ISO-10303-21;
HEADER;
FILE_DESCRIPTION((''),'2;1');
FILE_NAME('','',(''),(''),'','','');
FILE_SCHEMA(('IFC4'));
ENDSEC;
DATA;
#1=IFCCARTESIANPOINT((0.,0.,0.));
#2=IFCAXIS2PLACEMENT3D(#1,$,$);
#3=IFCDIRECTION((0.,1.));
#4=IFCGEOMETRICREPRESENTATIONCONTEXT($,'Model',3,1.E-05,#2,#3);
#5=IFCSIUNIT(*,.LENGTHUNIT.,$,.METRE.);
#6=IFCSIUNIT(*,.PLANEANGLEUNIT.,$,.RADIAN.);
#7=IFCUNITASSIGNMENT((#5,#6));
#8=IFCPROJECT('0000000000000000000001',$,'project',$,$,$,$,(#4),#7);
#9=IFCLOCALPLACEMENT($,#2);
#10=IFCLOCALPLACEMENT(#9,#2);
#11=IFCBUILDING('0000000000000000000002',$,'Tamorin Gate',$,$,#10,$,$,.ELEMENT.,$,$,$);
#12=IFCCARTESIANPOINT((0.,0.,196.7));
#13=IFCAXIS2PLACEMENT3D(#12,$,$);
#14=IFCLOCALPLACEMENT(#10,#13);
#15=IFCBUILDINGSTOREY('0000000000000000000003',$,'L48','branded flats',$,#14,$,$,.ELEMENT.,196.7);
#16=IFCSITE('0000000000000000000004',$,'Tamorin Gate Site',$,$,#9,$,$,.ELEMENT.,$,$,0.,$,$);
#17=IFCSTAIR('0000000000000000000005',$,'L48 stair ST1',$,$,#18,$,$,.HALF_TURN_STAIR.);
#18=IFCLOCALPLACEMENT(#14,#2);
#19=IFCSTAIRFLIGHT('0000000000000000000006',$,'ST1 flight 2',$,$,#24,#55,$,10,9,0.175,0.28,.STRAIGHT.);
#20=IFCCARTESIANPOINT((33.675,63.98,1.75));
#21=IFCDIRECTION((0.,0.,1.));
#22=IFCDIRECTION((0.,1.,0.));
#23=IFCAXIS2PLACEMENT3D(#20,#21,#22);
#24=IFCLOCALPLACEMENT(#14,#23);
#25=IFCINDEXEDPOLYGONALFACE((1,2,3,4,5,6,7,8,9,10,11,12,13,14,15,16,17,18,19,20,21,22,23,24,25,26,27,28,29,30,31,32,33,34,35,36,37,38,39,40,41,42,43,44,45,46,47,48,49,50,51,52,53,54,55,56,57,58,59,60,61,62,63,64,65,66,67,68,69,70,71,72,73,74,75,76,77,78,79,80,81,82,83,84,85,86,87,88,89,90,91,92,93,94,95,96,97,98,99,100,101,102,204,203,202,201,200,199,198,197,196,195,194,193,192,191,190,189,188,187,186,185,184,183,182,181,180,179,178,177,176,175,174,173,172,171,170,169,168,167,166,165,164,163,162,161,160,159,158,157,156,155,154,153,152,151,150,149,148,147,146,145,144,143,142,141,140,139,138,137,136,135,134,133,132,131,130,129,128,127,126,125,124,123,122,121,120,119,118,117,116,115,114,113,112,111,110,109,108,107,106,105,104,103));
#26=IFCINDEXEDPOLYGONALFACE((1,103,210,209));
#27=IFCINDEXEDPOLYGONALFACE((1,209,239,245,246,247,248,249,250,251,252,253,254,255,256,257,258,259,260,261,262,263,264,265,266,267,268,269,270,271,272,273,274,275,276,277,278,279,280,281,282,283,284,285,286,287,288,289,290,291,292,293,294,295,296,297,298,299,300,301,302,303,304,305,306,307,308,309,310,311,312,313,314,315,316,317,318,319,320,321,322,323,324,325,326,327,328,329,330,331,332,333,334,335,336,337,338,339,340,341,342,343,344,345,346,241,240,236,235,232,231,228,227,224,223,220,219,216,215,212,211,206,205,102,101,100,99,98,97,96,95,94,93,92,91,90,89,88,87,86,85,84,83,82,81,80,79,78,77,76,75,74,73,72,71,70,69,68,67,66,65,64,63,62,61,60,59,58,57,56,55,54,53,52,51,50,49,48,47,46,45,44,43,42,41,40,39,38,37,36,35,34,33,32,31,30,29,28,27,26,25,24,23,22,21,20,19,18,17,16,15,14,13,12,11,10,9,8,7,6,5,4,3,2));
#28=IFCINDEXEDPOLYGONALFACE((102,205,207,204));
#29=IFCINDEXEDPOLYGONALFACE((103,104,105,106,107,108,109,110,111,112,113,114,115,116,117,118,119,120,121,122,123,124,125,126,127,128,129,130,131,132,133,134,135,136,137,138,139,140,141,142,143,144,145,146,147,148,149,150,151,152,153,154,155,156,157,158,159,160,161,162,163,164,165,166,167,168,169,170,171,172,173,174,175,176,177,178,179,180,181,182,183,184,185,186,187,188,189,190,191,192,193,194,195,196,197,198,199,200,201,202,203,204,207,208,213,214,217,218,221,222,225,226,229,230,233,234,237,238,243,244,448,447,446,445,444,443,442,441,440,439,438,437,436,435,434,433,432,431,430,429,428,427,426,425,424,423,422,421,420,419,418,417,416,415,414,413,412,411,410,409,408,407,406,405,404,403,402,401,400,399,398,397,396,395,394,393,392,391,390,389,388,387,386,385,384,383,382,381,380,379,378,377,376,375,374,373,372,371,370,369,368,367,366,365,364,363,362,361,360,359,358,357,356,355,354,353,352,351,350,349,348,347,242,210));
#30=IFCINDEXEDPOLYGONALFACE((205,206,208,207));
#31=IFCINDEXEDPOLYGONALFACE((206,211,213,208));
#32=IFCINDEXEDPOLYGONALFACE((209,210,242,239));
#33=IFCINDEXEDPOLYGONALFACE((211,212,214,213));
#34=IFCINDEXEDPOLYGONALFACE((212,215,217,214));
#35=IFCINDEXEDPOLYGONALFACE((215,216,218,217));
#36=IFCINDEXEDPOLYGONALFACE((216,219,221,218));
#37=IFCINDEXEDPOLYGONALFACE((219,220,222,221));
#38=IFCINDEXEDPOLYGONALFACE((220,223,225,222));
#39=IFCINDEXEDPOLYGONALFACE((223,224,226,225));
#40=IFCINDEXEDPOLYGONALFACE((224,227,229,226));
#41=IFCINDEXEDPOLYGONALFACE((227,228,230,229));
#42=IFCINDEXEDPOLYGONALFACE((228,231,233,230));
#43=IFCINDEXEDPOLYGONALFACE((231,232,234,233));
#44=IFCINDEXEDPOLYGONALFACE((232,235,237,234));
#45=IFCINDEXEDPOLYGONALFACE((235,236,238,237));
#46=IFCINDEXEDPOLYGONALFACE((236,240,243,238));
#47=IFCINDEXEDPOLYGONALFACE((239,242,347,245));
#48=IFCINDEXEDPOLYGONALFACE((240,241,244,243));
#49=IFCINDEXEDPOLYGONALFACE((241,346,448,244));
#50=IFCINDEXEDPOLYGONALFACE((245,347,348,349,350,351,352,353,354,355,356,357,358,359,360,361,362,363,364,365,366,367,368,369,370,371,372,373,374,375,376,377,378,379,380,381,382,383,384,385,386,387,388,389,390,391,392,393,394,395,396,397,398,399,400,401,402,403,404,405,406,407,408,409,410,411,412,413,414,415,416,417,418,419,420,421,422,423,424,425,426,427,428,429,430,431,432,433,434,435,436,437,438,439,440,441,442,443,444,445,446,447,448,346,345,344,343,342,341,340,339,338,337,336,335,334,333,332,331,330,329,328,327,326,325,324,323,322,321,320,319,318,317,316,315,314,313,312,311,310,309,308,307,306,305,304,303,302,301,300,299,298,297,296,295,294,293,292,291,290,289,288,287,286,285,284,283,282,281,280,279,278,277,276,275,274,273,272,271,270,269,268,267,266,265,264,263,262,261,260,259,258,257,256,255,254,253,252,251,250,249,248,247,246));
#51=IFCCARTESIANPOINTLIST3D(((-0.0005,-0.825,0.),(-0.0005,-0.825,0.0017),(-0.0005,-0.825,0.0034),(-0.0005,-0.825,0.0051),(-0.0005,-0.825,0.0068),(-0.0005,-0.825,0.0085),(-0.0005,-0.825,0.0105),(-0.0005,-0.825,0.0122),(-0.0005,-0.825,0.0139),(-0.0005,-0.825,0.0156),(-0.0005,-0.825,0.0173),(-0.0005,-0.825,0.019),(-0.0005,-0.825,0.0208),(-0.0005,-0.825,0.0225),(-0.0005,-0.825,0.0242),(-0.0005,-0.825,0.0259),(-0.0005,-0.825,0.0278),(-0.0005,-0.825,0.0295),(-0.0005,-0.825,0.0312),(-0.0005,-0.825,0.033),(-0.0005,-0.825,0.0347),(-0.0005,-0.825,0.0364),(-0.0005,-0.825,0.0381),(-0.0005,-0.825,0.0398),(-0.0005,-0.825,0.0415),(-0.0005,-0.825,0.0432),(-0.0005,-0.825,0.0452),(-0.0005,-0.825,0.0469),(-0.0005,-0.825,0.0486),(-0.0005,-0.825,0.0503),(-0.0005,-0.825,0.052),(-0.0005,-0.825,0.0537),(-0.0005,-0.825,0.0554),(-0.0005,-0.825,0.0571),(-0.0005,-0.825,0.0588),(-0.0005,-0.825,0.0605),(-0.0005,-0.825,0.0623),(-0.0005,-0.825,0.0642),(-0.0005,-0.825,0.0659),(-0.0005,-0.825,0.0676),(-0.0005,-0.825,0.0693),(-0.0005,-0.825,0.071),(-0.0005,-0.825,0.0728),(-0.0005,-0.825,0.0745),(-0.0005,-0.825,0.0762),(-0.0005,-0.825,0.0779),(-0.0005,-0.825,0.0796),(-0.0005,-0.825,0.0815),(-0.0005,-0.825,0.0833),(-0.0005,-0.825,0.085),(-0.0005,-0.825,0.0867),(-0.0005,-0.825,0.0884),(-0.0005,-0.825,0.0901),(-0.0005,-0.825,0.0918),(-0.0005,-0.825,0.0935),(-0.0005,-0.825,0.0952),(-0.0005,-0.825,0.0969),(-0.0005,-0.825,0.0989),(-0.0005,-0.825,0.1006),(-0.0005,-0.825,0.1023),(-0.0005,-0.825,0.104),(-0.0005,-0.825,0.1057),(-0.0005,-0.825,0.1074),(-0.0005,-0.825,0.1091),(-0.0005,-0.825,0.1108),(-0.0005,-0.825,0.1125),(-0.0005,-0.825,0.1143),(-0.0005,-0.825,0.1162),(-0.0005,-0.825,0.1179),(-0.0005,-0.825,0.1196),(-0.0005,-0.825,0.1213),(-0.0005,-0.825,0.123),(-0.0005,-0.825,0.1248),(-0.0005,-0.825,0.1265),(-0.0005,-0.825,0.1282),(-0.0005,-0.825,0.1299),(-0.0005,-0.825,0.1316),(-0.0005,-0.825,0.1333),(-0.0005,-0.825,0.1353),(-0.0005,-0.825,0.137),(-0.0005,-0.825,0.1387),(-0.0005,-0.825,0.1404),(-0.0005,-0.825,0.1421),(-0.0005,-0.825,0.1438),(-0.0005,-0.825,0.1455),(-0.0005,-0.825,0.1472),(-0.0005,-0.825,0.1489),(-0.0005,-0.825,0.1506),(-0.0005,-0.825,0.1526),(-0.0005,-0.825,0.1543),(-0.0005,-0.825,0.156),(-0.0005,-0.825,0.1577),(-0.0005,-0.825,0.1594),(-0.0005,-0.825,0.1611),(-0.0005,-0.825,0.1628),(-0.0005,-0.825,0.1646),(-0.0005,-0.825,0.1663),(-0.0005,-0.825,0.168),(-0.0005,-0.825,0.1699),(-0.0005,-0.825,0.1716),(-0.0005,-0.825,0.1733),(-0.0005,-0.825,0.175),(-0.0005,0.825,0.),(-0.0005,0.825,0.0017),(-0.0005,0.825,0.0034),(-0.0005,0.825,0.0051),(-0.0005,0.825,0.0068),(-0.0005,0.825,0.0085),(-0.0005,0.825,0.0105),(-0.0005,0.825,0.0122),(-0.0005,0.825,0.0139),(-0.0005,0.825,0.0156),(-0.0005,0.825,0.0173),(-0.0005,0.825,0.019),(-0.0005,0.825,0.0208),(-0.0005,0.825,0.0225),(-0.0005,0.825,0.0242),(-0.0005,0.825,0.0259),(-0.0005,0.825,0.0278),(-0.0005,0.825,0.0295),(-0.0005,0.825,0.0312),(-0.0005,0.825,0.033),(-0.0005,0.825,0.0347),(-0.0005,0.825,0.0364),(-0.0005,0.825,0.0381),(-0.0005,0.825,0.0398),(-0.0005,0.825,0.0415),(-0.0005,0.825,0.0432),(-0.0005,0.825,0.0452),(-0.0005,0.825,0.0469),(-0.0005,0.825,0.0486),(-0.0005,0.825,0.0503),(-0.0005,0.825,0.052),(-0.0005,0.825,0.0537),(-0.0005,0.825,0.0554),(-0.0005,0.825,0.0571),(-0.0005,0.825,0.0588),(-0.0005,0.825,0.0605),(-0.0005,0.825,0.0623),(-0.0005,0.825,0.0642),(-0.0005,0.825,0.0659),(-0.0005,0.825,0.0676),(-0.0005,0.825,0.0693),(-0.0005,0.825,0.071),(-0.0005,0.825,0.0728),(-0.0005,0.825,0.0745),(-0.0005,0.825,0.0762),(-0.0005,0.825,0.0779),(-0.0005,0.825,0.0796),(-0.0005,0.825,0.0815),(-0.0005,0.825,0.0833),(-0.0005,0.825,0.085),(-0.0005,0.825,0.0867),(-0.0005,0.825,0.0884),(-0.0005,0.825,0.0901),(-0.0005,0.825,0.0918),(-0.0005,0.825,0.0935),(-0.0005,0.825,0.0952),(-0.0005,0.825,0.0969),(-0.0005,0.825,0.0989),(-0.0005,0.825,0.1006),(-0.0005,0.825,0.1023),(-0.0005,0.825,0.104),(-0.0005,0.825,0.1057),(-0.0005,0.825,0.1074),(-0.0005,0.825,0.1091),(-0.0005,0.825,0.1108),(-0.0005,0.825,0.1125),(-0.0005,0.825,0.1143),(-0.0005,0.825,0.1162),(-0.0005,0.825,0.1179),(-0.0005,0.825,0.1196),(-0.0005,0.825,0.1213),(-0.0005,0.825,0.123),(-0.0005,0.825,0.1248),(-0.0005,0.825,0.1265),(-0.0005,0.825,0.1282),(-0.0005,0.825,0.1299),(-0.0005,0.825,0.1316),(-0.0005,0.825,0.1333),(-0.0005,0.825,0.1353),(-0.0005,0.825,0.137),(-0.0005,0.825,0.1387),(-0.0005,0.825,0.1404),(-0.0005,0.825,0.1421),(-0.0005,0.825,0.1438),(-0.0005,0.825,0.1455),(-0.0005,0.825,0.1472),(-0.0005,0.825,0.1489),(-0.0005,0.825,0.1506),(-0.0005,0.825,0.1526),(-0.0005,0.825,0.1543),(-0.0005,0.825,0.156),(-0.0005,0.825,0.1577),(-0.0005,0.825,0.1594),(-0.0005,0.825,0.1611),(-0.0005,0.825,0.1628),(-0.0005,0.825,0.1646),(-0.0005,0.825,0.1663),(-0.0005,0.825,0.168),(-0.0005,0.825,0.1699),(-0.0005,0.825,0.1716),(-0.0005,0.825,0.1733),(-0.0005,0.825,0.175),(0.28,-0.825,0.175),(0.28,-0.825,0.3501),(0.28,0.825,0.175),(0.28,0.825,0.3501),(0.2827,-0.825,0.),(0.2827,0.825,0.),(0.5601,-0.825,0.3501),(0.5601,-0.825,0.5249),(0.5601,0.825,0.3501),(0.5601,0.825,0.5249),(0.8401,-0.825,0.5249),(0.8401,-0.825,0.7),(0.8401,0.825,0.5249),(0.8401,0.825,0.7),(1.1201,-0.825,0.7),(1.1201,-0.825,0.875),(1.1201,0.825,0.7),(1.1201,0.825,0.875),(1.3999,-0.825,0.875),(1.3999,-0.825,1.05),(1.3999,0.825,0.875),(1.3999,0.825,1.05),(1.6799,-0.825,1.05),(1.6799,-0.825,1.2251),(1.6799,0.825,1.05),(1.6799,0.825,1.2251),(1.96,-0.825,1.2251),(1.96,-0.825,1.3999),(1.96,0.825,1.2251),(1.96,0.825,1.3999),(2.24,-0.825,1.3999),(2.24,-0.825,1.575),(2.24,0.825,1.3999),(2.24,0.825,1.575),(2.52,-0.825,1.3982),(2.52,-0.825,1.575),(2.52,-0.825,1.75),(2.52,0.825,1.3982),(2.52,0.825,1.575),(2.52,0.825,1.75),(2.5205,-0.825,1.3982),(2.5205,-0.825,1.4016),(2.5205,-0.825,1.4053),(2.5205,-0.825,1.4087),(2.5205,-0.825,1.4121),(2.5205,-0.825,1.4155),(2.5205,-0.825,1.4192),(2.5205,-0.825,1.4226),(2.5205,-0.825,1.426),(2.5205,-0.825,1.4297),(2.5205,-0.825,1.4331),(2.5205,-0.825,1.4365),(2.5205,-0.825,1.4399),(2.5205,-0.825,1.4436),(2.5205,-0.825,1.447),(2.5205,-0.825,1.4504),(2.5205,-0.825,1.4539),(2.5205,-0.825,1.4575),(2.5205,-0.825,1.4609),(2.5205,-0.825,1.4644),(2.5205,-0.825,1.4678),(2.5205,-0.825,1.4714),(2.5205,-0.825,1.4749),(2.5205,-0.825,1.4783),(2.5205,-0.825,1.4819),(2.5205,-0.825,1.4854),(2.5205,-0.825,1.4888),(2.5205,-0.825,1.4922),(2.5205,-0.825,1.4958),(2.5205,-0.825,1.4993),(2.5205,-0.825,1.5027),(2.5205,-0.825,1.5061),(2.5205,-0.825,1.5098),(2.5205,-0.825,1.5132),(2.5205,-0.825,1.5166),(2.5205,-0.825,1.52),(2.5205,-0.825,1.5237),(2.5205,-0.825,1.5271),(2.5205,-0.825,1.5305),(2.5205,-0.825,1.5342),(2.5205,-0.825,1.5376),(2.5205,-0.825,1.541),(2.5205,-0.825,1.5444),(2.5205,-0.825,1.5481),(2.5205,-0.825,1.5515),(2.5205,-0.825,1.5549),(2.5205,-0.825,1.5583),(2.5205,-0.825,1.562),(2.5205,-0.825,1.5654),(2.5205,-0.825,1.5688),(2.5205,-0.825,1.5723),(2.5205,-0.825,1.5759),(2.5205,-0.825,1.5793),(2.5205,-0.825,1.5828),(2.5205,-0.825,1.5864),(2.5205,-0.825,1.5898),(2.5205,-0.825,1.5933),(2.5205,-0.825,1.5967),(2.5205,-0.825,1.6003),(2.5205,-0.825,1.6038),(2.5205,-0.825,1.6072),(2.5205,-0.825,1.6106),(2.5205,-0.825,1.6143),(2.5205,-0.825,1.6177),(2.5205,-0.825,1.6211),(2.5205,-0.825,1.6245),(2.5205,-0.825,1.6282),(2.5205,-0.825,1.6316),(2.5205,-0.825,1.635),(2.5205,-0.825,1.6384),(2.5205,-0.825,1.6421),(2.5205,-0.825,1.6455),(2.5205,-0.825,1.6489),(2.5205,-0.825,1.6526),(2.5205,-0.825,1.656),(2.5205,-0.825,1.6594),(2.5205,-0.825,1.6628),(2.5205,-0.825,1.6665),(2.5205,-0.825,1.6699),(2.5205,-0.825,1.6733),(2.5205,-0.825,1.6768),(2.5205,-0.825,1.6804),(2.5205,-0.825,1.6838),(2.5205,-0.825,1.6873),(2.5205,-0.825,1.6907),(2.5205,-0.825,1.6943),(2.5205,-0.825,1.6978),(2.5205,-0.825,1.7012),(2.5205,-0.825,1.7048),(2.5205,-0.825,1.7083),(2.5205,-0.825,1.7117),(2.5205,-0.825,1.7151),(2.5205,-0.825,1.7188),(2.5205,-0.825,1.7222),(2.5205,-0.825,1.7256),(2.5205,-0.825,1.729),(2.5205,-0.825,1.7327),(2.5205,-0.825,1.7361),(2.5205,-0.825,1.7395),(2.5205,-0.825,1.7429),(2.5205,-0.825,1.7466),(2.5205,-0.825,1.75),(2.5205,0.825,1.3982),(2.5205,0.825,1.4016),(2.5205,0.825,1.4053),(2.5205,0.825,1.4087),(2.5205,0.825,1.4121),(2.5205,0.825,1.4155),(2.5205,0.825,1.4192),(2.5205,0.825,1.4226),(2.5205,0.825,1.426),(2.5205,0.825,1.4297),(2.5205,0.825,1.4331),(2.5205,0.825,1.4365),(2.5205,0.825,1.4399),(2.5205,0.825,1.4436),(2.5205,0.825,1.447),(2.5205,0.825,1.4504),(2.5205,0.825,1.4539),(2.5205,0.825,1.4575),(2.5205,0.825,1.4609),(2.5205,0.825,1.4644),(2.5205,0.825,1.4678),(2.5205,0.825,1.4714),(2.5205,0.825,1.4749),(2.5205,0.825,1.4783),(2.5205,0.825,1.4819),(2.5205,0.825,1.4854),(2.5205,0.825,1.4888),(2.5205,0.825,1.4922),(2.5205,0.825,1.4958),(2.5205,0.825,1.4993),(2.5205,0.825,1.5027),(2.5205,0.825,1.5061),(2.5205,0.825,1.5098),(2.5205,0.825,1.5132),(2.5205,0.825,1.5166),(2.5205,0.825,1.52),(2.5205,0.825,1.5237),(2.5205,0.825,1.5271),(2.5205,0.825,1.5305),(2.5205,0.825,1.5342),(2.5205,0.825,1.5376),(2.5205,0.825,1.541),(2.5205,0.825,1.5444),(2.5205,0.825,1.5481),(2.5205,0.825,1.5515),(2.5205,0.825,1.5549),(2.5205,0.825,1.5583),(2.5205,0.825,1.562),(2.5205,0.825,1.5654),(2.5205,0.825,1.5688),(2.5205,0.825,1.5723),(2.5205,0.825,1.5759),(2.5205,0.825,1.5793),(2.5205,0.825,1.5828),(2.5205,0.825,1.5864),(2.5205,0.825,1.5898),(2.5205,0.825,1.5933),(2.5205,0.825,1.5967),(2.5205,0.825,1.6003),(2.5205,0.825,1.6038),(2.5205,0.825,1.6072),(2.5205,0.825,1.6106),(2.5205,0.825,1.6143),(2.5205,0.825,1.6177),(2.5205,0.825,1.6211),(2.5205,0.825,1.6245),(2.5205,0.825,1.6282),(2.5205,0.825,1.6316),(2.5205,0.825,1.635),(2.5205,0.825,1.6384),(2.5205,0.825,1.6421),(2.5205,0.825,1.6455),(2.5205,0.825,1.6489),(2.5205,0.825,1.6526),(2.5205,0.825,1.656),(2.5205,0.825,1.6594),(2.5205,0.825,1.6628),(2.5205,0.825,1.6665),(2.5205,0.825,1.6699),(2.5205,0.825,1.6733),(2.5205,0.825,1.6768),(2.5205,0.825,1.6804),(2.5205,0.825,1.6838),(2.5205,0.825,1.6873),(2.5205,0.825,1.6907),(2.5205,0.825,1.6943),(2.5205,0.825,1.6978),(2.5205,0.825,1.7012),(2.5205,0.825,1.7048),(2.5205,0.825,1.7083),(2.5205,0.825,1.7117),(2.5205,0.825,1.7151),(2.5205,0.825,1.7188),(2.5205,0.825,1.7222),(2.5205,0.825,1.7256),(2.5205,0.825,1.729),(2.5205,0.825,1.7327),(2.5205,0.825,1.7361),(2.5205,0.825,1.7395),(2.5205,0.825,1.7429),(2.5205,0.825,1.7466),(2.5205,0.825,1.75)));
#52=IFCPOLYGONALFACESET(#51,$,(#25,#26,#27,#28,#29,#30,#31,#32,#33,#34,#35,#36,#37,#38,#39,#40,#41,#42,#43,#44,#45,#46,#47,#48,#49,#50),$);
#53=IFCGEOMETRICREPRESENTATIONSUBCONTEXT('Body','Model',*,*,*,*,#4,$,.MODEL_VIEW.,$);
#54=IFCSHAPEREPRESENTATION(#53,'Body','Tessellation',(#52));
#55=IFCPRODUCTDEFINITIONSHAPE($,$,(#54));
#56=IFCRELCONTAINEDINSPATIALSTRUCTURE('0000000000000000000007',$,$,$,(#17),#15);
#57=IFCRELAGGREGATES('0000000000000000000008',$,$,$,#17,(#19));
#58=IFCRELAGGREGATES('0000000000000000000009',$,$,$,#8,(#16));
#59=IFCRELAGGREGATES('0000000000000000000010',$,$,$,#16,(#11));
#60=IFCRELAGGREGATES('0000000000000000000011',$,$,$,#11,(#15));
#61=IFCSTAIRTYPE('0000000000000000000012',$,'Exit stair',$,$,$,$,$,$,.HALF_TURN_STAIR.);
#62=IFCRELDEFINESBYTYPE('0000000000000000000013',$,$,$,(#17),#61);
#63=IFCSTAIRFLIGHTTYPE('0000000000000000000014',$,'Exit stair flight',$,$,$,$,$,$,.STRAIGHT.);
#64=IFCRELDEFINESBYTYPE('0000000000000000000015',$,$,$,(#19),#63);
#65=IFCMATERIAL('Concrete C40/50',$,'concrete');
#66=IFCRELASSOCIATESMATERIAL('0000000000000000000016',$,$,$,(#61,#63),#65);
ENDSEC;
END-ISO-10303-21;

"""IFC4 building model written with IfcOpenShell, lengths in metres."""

from ifc_helpers import new_model, si_unit, direction, frame, origin, place, context, subcontext, project, spatial, polyline, outline, extrude, material, type_object, element, aggregate, save


model = new_model("IFC4")

# Units and contexts
model_context = context("Model", 3, precision=1e-05, world=origin(), true_north=direction((0.0, 1.0)))
body_context = subcontext(model_context, "Body", "Model", "MODEL_VIEW")
ifc_project = project(units=[si_unit("LENGTHUNIT", "METRE"), si_unit("PLANEANGLEUNIT", "RADIAN")], contexts=[model_context])

# Site, building, storey
site_placement = place(None, origin())
site = spatial("IfcSite", under=ifc_project, at=site_placement, Name="Tamorin Gate Site", CompositionType="ELEMENT", RefElevation=0.0)
building_placement = place(site_placement, origin())
building = spatial("IfcBuilding", under=site, at=building_placement, Name="Tamorin Gate", CompositionType="ELEMENT")
storey_placement = place(building_placement, frame((0.0, 0.0, 196.7)))
storey = spatial("IfcBuildingStorey", under=building, at=storey_placement, Name="L48", Description="branded flats", CompositionType="ELEMENT", Elevation=196.7)

# Shared definitions
ifc_material_1 = material(Name="Concrete C40/50", Category="concrete")

# Stair, stair flight
stair_type = type_object("IfcStairType", Name="Exit stair", PredefinedType="HALF_TURN_STAIR", material=ifc_material_1)
stair_1_placement = place(storey_placement, origin())
stair_1 = element("IfcStair", 1, at=stair_1_placement, inside=storey, type_object=stair_type, Name="L48 stair ST1", PredefinedType="HALF_TURN_STAIR")
stair_flight_type = type_object("IfcStairFlightType", Name="Exit stair flight", PredefinedType="STRAIGHT", material=ifc_material_1)
stair_flight_1_placement = place(storey_placement, frame((33.675, 63.98, 1.75), z_axis=(0.0, 0.0, 1.0), x_axis=(0.0, 1.0, 0.0)))
stair_flight_1 = element("IfcStairFlight", 2, at=stair_flight_1_placement, type_object=stair_flight_type, Name="ST1 flight 2", NumberOfRisers=10, NumberOfTreads=9, PredefinedType="STRAIGHT", RiserHeight=0.175, TreadLength=0.28, context=body_context, shape_type="SweptSolid", body=[
    extrude(outline(polyline([(-0.0005, 0.0), (-0.0005, 0.0017), (-0.0005, 0.0034), (-0.0005, 0.0051), (-0.0005, 0.0068), (-0.0005, 0.0085), (-0.0005, 0.0105), (-0.0005, 0.0122), (-0.0005, 0.0139), (-0.0005, 0.0156), (-0.0005, 0.0173), (-0.0005, 0.019), (-0.0005, 0.0208), (-0.0005, 0.0225), (-0.0005, 0.0242), (-0.0005, 0.0259), (-0.0005, 0.0278), (-0.0005, 0.0295), (-0.0005, 0.0312), (-0.0005, 0.033), (-0.0005, 0.0347), (-0.0005, 0.0364), (-0.0005, 0.0381), (-0.0005, 0.0398), (-0.0005, 0.0415), (-0.0005, 0.0432), (-0.0005, 0.0452), (-0.0005, 0.0469), (-0.0005, 0.0486), (-0.0005, 0.0503), (-0.0005, 0.052), (-0.0005, 0.0537), (-0.0005, 0.0554), (-0.0005, 0.0571), (-0.0005, 0.0588), (-0.0005, 0.0605), (-0.0005, 0.0623), (-0.0005, 0.0642), (-0.0005, 0.0659), (-0.0005, 0.0676), (-0.0005, 0.0693), (-0.0005, 0.071), (-0.0005, 0.0728), (-0.0005, 0.0745), (-0.0005, 0.0762), (-0.0005, 0.0779), (-0.0005, 0.0796), (-0.0005, 0.0815), (-0.0005, 0.0833), (-0.0005, 0.085), (-0.0005, 0.0867), (-0.0005, 0.0884), (-0.0005, 0.0901), (-0.0005, 0.0918), (-0.0005, 0.0935), (-0.0005, 0.0952), (-0.0005, 0.0969), (-0.0005, 0.0989), (-0.0005, 0.1006), (-0.0005, 0.1023), (-0.0005, 0.104), (-0.0005, 0.1057), (-0.0005, 0.1074), (-0.0005, 0.1091), (-0.0005, 0.1108), (-0.0005, 0.1125), (-0.0005, 0.1143), (-0.0005, 0.1162), (-0.0005, 0.1179), (-0.0005, 0.1196), (-0.0005, 0.1213), (-0.0005, 0.123), (-0.0005, 0.1248), (-0.0005, 0.1265), (-0.0005, 0.1282), (-0.0005, 0.1299), (-0.0005, 0.1316), (-0.0005, 0.1333), (-0.0005, 0.1353), (-0.0005, 0.137), (-0.0005, 0.1387), (-0.0005, 0.1404), (-0.0005, 0.1421), (-0.0005, 0.1438), (-0.0005, 0.1455), (-0.0005, 0.1472), (-0.0005, 0.1489), (-0.0005, 0.1506), (-0.0005, 0.1526), (-0.0005, 0.1543), (-0.0005, 0.156), (-0.0005, 0.1577), (-0.0005, 0.1594), (-0.0005, 0.1611), (-0.0005, 0.1628), (-0.0005, 0.1646), (-0.0005, 0.1663), (-0.0005, 0.168), (-0.0005, 0.1699), (-0.0005, 0.1716), (-0.0005, 0.1733), (-0.0005, 0.175), (0.28, 0.175), (0.28, 0.3501), (0.5601, 0.3501), (0.5601, 0.5249), (0.8401, 0.5249), (0.8401, 0.7), (1.1201, 0.7), (1.1201, 0.875), (1.3999, 0.875), (1.3999, 1.05), (1.6799, 1.05), (1.6799, 1.2251), (1.96, 1.2251), (1.96, 1.3999), (2.24, 1.3999), (2.24, 1.575), (2.52, 1.575), (2.52, 1.75), (2.5205, 1.75), (2.5205, 1.7466), (2.5205, 1.7429), (2.5205, 1.7395), (2.5205, 1.7361), (2.5205, 1.7327), (2.5205, 1.729), (2.5205, 1.7256), (2.5205, 1.7222), (2.5205, 1.7188), (2.5205, 1.7151), (2.5205, 1.7117), (2.5205, 1.7083), (2.5205, 1.7048), (2.5205, 1.7012), (2.5205, 1.6978), (2.5205, 1.6943), (2.5205, 1.6907), (2.5205, 1.6873), (2.5205, 1.6838), (2.5205, 1.6804), (2.5205, 1.6768), (2.5205, 1.6733), (2.5205, 1.6699), (2.5205, 1.6665), (2.5205, 1.6628), (2.5205, 1.6594), (2.5205, 1.656), (2.5205, 1.6526), (2.5205, 1.6489), (2.5205, 1.6455), (2.5205, 1.6421), (2.5205, 1.6384), (2.5205, 1.635), (2.5205, 1.6316), (2.5205, 1.6282), (2.5205, 1.6245), (2.5205, 1.6211), (2.5205, 1.6177), (2.5205, 1.6143), (2.5205, 1.6106), (2.5205, 1.6072), (2.5205, 1.6038), (2.5205, 1.6003), (2.5205, 1.5967), (2.5205, 1.5933), (2.5205, 1.5898), (2.5205, 1.5864), (2.5205, 1.5828), (2.5205, 1.5793), (2.5205, 1.5759), (2.5205, 1.5723), (2.5205, 1.5688), (2.5205, 1.5654), (2.5205, 1.562), (2.5205, 1.5583), (2.5205, 1.5549), (2.5205, 1.5515), (2.5205, 1.5481), (2.5205, 1.5444), (2.5205, 1.541), (2.5205, 1.5376), (2.5205, 1.5342), (2.5205, 1.5305), (2.5205, 1.5271), (2.5205, 1.5237), (2.5205, 1.52), (2.5205, 1.5166), (2.5205, 1.5132), (2.5205, 1.5098), (2.5205, 1.5061), (2.5205, 1.5027), (2.5205, 1.4993), (2.5205, 1.4958), (2.5205, 1.4922), (2.5205, 1.4888), (2.5205, 1.4854), (2.5205, 1.4819), (2.5205, 1.4783), (2.5205, 1.4749), (2.5205, 1.4714), (2.5205, 1.4678), (2.5205, 1.4644), (2.5205, 1.4609), (2.5205, 1.4575), (2.5205, 1.4539), (2.5205, 1.4504), (2.5205, 1.447), (2.5205, 1.4436), (2.5205, 1.4399), (2.5205, 1.4365), (2.5205, 1.4331), (2.5205, 1.4297), (2.5205, 1.426), (2.5205, 1.4226), (2.5205, 1.4192), (2.5205, 1.4155), (2.5205, 1.4121), (2.5205, 1.4087), (2.5205, 1.4053), (2.5205, 1.4016), (2.5205, 1.3982), (2.52, 1.3982), (0.2827, 0.0), (-0.0005, 0.0)])), frame((0.0, 0.825, 0.0), z_axis=(0.0, -1.0, 0.0), x_axis=(1.0, 0.0, 0.0)), (0.0, 0.0, 1.0), 1.6499),
])
aggregate(stair_1, [stair_flight_1])

save(model, "model.ifc")
